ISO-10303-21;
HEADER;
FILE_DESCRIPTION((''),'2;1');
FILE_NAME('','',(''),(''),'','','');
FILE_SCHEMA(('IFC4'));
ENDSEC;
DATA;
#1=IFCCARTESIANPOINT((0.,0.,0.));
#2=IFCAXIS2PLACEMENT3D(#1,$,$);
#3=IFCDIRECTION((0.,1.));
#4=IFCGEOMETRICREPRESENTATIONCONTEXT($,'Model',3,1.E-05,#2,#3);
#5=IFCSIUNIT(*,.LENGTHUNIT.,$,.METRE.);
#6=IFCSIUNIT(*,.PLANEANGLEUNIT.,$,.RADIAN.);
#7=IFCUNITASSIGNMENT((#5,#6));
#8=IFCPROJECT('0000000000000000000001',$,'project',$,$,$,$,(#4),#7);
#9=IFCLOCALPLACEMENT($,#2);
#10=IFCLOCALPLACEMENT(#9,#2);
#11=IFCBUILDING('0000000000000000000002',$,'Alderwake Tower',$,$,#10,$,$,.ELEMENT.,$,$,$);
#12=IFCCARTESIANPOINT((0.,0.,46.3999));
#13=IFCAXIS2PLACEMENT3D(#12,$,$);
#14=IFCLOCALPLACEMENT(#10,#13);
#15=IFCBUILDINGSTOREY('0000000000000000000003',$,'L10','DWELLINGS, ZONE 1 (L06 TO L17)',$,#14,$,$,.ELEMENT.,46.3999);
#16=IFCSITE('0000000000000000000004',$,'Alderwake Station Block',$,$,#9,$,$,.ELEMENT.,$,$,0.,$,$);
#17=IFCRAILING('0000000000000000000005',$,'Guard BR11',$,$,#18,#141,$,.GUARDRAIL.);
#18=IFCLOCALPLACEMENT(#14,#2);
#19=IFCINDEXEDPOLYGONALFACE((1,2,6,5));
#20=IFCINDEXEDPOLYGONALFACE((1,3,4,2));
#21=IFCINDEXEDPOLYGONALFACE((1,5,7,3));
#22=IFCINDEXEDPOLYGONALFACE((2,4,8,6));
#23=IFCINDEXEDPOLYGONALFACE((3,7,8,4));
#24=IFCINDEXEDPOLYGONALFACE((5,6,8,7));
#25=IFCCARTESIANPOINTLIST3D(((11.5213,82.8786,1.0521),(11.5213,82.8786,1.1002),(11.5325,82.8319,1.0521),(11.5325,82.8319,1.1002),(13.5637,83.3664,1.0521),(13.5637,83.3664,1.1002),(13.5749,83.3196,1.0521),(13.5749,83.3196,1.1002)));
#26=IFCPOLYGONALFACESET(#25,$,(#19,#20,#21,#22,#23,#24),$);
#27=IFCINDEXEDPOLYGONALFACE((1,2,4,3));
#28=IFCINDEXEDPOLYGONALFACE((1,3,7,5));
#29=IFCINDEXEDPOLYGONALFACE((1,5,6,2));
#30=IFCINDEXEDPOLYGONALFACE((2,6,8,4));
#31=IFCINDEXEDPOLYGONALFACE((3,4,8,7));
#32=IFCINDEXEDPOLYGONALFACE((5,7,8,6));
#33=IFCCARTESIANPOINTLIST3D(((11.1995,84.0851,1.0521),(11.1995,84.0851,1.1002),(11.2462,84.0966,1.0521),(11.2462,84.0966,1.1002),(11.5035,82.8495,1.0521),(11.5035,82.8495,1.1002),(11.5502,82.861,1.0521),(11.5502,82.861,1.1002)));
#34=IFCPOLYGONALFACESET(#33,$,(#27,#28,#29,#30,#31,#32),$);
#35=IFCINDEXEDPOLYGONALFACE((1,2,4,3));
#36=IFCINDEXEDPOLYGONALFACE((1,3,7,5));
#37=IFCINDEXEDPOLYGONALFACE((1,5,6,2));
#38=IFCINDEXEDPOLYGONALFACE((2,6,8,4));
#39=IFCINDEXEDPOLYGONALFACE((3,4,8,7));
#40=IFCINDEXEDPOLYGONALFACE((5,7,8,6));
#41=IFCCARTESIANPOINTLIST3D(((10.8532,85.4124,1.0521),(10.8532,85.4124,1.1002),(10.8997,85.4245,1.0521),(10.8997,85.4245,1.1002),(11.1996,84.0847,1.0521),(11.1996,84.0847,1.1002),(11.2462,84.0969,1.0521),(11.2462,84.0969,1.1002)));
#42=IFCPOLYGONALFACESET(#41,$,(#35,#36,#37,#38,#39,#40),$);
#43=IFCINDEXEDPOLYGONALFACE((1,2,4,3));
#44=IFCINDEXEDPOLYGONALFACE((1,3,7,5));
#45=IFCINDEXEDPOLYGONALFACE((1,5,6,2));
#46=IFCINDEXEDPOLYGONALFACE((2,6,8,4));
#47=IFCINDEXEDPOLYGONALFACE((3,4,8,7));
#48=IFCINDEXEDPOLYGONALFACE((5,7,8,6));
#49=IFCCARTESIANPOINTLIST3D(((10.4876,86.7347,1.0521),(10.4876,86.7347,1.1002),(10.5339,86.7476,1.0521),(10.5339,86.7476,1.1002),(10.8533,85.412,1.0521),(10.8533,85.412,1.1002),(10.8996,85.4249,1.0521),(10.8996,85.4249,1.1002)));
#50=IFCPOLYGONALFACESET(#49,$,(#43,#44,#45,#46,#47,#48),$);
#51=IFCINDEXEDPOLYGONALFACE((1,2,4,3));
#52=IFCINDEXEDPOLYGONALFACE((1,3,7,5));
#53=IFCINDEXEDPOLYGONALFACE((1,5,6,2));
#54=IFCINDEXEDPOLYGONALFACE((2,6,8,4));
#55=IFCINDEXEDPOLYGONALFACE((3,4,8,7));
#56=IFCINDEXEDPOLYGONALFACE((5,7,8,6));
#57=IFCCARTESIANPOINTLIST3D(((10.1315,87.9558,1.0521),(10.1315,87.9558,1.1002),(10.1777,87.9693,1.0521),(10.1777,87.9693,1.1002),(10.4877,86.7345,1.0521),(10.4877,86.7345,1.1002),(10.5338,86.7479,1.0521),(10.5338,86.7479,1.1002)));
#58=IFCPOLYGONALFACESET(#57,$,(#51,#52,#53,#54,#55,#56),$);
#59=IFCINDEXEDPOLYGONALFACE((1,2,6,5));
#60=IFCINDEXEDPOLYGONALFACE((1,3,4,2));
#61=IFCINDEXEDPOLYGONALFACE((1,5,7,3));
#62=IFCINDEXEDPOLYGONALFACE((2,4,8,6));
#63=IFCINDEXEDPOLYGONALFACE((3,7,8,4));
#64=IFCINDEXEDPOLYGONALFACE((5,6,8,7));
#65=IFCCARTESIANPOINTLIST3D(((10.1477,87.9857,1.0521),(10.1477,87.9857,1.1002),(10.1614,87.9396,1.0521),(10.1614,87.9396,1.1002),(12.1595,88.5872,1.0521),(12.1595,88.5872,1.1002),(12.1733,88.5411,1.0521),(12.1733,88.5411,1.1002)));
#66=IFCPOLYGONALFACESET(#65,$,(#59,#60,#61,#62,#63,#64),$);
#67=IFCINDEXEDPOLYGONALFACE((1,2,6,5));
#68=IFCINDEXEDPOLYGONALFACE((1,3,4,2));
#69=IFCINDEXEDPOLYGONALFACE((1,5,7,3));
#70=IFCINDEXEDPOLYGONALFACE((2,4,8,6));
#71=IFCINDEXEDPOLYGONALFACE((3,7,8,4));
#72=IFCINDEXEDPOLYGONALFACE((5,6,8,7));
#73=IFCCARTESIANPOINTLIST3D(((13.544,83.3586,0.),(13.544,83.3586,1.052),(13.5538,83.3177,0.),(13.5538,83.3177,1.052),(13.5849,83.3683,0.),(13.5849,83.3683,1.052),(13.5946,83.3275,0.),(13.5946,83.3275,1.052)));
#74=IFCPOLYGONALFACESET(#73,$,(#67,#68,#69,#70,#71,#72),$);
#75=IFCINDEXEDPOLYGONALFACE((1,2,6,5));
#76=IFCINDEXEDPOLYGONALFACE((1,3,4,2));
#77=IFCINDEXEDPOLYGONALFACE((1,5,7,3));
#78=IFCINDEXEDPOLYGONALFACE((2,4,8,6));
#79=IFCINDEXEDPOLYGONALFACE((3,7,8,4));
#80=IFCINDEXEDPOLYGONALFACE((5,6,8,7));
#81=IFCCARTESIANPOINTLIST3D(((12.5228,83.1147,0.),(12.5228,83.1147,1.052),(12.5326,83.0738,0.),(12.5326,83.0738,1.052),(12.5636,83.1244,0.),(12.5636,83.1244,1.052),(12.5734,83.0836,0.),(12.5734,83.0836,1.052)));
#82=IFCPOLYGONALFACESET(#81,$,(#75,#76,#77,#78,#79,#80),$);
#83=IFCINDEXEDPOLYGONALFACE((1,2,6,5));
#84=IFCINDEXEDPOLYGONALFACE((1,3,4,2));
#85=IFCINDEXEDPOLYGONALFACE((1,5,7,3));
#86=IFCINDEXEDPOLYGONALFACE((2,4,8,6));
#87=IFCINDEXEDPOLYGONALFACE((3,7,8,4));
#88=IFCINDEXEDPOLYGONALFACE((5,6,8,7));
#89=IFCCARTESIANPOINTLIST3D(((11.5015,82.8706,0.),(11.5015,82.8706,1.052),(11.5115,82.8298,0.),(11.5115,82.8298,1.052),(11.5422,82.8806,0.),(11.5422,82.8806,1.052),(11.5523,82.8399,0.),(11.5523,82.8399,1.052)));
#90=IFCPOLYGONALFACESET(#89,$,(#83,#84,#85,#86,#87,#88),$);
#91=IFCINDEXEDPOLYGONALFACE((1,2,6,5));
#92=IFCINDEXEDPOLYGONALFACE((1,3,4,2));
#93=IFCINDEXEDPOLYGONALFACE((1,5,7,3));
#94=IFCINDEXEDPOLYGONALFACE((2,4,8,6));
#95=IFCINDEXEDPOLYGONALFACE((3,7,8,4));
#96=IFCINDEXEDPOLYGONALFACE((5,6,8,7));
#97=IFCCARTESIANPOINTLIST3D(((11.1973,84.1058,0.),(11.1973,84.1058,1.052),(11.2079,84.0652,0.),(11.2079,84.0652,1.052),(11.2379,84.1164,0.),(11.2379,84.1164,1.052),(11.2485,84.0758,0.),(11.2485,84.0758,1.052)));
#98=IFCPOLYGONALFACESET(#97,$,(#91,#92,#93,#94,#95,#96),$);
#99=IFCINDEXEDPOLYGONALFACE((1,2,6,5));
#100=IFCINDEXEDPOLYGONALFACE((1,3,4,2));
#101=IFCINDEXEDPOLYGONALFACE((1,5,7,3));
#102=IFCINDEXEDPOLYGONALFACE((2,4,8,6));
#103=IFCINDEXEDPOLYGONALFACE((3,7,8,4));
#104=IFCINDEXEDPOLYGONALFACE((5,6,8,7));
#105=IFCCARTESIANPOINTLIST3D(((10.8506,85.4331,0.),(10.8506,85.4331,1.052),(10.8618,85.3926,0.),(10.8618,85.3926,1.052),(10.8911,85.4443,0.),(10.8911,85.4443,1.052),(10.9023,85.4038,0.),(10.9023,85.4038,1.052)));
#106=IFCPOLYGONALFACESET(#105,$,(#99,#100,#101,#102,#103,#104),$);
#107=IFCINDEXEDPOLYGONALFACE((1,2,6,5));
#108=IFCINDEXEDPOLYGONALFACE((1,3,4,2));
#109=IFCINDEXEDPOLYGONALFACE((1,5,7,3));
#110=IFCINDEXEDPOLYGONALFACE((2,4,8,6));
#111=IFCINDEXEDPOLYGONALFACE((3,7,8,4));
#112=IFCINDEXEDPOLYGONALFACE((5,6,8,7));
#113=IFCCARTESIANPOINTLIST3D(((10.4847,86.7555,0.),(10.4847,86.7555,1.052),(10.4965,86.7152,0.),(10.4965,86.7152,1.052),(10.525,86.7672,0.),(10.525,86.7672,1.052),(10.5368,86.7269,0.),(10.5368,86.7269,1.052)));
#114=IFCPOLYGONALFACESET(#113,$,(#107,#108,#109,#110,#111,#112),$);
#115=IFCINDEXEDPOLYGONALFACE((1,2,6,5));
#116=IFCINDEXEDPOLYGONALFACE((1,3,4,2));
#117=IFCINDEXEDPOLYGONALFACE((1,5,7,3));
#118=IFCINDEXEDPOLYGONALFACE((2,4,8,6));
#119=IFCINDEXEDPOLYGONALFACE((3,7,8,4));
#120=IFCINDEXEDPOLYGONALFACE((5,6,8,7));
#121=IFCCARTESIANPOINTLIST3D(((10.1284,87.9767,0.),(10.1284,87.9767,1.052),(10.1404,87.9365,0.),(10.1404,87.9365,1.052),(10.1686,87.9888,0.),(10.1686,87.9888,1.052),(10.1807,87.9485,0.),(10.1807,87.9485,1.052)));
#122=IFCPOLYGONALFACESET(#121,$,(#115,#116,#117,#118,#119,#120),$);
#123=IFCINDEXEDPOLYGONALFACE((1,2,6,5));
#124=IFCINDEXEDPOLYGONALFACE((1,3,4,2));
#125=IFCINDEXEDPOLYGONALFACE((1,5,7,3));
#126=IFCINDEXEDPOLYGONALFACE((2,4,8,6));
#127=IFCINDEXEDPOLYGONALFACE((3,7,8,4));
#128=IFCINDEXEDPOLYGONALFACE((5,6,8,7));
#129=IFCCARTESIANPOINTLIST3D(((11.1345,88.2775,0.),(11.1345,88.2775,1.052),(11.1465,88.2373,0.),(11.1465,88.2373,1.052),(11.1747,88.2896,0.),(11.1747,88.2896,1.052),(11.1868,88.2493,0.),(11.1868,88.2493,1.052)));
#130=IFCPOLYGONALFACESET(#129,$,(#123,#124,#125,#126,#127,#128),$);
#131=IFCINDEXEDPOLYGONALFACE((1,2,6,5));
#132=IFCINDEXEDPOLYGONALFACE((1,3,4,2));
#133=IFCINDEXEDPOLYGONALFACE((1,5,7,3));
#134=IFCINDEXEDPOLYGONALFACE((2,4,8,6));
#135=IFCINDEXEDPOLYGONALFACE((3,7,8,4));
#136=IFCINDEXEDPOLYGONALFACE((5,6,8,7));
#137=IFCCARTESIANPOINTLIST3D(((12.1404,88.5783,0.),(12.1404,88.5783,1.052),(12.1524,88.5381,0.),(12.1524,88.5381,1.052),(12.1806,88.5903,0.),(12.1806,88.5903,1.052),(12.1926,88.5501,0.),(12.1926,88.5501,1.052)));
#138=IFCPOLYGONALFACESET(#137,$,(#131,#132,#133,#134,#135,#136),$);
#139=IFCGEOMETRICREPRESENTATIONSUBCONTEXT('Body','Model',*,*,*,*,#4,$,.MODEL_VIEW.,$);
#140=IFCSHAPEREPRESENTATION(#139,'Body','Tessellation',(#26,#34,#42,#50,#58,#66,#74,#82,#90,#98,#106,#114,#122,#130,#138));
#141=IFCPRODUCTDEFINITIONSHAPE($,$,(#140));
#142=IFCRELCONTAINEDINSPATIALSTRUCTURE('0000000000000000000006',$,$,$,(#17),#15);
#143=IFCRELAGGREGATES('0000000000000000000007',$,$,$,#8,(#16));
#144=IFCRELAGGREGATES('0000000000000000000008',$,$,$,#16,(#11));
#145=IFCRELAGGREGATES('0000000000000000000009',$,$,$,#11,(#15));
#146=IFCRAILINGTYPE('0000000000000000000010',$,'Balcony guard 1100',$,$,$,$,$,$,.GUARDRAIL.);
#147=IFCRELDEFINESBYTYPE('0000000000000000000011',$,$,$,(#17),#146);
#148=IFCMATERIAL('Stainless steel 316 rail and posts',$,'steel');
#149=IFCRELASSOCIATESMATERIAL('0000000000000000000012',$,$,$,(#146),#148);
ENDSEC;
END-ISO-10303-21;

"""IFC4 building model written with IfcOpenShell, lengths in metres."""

from ifc_helpers import new_model, si_unit, direction, frame, origin, origin_2d, place, context, subcontext, project, spatial, rectangle, extrude, material, type_object, element, save


model = new_model("IFC4")

# Units and contexts
model_context = context("Model", 3, precision=1e-05, world=origin(), true_north=direction((0.0, 1.0)))
body_context = subcontext(model_context, "Body", "Model", "MODEL_VIEW")
ifc_project = project(units=[si_unit("LENGTHUNIT", "METRE"), si_unit("PLANEANGLEUNIT", "RADIAN")], contexts=[model_context])

# Site, building, storey
site_placement = place(None, origin())
site = spatial("IfcSite", under=ifc_project, at=site_placement, Name="Alderwake Station Block", CompositionType="ELEMENT", RefElevation=0.0)
building_placement = place(site_placement, origin())
building = spatial("IfcBuilding", under=site, at=building_placement, Name="Alderwake Tower", CompositionType="ELEMENT")
storey_placement = place(building_placement, frame((0.0, 0.0, 46.3999)))
storey = spatial("IfcBuildingStorey", under=building, at=storey_placement, Name="L10", Description="DWELLINGS, ZONE 1 (L06 TO L17)", CompositionType="ELEMENT", Elevation=46.3999)

# Railing
ifc_material_1 = material(Name="Stainless steel 316 rail and posts", Category="steel")
railing_type = type_object("IfcRailingType", Name="Balcony guard 1100", PredefinedType="GUARDRAIL", material=ifc_material_1)
railing_placement = place(storey_placement, frame((13.5693, 83.343, 0.0)))
element("IfcRailing", 1, at=railing_placement, inside=storey, type_object=railing_type, Name="Guard BR11", PredefinedType="GUARDRAIL", context=body_context, shape_type="SweptSolid", body=[
    extrude(rectangle(XDim=0.0481, YDim=0.0481, at=origin_2d()), frame((0.0, 0.0, 1.0762), z_axis=(-0.972646, -0.232291, 0.0), x_axis=(0.232291, -0.972646, 0.0)), (0.0, 0.0, 1.0), 2.0999),
    extrude(rectangle(XDim=0.0481, YDim=0.0481, at=origin_2d()), frame((-2.0425, -0.4878, 1.0762), z_axis=(-0.238877, 0.97105, 0.0), x_axis=(-0.97105, -0.238877, 0.0)), (0.0, 0.0, 1.0), 1.2725),
    extrude(rectangle(XDim=0.0481, YDim=0.0481, at=origin_2d()), frame((-2.3464, 0.7478, 1.0762), z_axis=(-0.252487, 0.9676, 0.0), x_axis=(-0.9676, -0.252487, 0.0)), (0.0, 0.0, 1.0), 1.3721),
    extrude(rectangle(XDim=0.0481, YDim=0.0481, at=origin_2d()), frame((-2.6929, 2.0754, 1.0762), z_axis=(-0.266488, 0.963838, 0.0), x_axis=(-0.963838, -0.266488, 0.0)), (0.0, 0.0, 1.0), 1.3723),
    extrude(rectangle(XDim=0.0481, YDim=0.0481, at=origin_2d()), frame((-3.0586, 3.3982, 1.0762), z_axis=(-0.279963, 0.960011, 0.0), x_axis=(-0.960011, -0.279963, 0.0)), (0.0, 0.0, 1.0), 1.2722),
    extrude(rectangle(XDim=0.0481, YDim=0.0481, at=origin_2d()), frame((-3.4148, 4.6196, 1.0762), z_axis=(0.958091, 0.286462, 0.0), x_axis=(-0.286462, 0.958091, 0.0)), (0.0, 0.0, 1.0), 2.0999),
    extrude(rectangle(XDim=0.042, YDim=0.042, at=origin_2d()), frame((0.0, 0.0, 0.0), z_axis=(0.0, 0.0, 1.0), x_axis=(-0.972646, -0.232291, 0.0)), (0.0, 0.0, 1.0), 1.052),
    extrude(rectangle(XDim=0.042, YDim=0.042, at=origin_2d()), frame((-1.0212, -0.2439, 0.0), z_axis=(0.0, 0.0, 1.0), x_axis=(-0.972646, -0.232291, 0.0)), (0.0, 0.0, 1.0), 1.052),
    extrude(rectangle(XDim=0.042, YDim=0.042, at=origin_2d()), frame((-2.0425, -0.4878, 0.0), z_axis=(0.0, 0.0, 1.0), x_axis=(-0.238877, 0.97105, 0.0)), (0.0, 0.0, 1.0), 1.052),
    extrude(rectangle(XDim=0.042, YDim=0.042, at=origin_2d()), frame((-2.3464, 0.7478, 0.0), z_axis=(0.0, 0.0, 1.0), x_axis=(-0.252487, 0.9676, 0.0)), (0.0, 0.0, 1.0), 1.052),
    extrude(rectangle(XDim=0.042, YDim=0.042, at=origin_2d()), frame((-2.6929, 2.0754, 0.0), z_axis=(0.0, 0.0, 1.0), x_axis=(-0.266488, 0.963838, 0.0)), (0.0, 0.0, 1.0), 1.052),
    extrude(rectangle(XDim=0.042, YDim=0.042, at=origin_2d()), frame((-3.0586, 3.3982, 0.0), z_axis=(0.0, 0.0, 1.0), x_axis=(-0.279963, 0.960011, 0.0)), (0.0, 0.0, 1.0), 1.052),
    extrude(rectangle(XDim=0.042, YDim=0.042, at=origin_2d()), frame((-3.4148, 4.6196, 0.0), z_axis=(0.0, 0.0, 1.0), x_axis=(0.958091, 0.286462, 0.0)), (0.0, 0.0, 1.0), 1.052),
    extrude(rectangle(XDim=0.042, YDim=0.042, at=origin_2d()), frame((-2.4087, 4.9204, 0.0), z_axis=(0.0, 0.0, 1.0), x_axis=(0.958091, 0.286462, 0.0)), (0.0, 0.0, 1.0), 1.052),
    extrude(rectangle(XDim=0.042, YDim=0.042, at=origin_2d()), frame((-1.4028, 5.2212, 0.0), z_axis=(0.0, 0.0, 1.0), x_axis=(0.958091, 0.286462, 0.0)), (0.0, 0.0, 1.0), 1.052),
])

save(model, "model.ifc")
